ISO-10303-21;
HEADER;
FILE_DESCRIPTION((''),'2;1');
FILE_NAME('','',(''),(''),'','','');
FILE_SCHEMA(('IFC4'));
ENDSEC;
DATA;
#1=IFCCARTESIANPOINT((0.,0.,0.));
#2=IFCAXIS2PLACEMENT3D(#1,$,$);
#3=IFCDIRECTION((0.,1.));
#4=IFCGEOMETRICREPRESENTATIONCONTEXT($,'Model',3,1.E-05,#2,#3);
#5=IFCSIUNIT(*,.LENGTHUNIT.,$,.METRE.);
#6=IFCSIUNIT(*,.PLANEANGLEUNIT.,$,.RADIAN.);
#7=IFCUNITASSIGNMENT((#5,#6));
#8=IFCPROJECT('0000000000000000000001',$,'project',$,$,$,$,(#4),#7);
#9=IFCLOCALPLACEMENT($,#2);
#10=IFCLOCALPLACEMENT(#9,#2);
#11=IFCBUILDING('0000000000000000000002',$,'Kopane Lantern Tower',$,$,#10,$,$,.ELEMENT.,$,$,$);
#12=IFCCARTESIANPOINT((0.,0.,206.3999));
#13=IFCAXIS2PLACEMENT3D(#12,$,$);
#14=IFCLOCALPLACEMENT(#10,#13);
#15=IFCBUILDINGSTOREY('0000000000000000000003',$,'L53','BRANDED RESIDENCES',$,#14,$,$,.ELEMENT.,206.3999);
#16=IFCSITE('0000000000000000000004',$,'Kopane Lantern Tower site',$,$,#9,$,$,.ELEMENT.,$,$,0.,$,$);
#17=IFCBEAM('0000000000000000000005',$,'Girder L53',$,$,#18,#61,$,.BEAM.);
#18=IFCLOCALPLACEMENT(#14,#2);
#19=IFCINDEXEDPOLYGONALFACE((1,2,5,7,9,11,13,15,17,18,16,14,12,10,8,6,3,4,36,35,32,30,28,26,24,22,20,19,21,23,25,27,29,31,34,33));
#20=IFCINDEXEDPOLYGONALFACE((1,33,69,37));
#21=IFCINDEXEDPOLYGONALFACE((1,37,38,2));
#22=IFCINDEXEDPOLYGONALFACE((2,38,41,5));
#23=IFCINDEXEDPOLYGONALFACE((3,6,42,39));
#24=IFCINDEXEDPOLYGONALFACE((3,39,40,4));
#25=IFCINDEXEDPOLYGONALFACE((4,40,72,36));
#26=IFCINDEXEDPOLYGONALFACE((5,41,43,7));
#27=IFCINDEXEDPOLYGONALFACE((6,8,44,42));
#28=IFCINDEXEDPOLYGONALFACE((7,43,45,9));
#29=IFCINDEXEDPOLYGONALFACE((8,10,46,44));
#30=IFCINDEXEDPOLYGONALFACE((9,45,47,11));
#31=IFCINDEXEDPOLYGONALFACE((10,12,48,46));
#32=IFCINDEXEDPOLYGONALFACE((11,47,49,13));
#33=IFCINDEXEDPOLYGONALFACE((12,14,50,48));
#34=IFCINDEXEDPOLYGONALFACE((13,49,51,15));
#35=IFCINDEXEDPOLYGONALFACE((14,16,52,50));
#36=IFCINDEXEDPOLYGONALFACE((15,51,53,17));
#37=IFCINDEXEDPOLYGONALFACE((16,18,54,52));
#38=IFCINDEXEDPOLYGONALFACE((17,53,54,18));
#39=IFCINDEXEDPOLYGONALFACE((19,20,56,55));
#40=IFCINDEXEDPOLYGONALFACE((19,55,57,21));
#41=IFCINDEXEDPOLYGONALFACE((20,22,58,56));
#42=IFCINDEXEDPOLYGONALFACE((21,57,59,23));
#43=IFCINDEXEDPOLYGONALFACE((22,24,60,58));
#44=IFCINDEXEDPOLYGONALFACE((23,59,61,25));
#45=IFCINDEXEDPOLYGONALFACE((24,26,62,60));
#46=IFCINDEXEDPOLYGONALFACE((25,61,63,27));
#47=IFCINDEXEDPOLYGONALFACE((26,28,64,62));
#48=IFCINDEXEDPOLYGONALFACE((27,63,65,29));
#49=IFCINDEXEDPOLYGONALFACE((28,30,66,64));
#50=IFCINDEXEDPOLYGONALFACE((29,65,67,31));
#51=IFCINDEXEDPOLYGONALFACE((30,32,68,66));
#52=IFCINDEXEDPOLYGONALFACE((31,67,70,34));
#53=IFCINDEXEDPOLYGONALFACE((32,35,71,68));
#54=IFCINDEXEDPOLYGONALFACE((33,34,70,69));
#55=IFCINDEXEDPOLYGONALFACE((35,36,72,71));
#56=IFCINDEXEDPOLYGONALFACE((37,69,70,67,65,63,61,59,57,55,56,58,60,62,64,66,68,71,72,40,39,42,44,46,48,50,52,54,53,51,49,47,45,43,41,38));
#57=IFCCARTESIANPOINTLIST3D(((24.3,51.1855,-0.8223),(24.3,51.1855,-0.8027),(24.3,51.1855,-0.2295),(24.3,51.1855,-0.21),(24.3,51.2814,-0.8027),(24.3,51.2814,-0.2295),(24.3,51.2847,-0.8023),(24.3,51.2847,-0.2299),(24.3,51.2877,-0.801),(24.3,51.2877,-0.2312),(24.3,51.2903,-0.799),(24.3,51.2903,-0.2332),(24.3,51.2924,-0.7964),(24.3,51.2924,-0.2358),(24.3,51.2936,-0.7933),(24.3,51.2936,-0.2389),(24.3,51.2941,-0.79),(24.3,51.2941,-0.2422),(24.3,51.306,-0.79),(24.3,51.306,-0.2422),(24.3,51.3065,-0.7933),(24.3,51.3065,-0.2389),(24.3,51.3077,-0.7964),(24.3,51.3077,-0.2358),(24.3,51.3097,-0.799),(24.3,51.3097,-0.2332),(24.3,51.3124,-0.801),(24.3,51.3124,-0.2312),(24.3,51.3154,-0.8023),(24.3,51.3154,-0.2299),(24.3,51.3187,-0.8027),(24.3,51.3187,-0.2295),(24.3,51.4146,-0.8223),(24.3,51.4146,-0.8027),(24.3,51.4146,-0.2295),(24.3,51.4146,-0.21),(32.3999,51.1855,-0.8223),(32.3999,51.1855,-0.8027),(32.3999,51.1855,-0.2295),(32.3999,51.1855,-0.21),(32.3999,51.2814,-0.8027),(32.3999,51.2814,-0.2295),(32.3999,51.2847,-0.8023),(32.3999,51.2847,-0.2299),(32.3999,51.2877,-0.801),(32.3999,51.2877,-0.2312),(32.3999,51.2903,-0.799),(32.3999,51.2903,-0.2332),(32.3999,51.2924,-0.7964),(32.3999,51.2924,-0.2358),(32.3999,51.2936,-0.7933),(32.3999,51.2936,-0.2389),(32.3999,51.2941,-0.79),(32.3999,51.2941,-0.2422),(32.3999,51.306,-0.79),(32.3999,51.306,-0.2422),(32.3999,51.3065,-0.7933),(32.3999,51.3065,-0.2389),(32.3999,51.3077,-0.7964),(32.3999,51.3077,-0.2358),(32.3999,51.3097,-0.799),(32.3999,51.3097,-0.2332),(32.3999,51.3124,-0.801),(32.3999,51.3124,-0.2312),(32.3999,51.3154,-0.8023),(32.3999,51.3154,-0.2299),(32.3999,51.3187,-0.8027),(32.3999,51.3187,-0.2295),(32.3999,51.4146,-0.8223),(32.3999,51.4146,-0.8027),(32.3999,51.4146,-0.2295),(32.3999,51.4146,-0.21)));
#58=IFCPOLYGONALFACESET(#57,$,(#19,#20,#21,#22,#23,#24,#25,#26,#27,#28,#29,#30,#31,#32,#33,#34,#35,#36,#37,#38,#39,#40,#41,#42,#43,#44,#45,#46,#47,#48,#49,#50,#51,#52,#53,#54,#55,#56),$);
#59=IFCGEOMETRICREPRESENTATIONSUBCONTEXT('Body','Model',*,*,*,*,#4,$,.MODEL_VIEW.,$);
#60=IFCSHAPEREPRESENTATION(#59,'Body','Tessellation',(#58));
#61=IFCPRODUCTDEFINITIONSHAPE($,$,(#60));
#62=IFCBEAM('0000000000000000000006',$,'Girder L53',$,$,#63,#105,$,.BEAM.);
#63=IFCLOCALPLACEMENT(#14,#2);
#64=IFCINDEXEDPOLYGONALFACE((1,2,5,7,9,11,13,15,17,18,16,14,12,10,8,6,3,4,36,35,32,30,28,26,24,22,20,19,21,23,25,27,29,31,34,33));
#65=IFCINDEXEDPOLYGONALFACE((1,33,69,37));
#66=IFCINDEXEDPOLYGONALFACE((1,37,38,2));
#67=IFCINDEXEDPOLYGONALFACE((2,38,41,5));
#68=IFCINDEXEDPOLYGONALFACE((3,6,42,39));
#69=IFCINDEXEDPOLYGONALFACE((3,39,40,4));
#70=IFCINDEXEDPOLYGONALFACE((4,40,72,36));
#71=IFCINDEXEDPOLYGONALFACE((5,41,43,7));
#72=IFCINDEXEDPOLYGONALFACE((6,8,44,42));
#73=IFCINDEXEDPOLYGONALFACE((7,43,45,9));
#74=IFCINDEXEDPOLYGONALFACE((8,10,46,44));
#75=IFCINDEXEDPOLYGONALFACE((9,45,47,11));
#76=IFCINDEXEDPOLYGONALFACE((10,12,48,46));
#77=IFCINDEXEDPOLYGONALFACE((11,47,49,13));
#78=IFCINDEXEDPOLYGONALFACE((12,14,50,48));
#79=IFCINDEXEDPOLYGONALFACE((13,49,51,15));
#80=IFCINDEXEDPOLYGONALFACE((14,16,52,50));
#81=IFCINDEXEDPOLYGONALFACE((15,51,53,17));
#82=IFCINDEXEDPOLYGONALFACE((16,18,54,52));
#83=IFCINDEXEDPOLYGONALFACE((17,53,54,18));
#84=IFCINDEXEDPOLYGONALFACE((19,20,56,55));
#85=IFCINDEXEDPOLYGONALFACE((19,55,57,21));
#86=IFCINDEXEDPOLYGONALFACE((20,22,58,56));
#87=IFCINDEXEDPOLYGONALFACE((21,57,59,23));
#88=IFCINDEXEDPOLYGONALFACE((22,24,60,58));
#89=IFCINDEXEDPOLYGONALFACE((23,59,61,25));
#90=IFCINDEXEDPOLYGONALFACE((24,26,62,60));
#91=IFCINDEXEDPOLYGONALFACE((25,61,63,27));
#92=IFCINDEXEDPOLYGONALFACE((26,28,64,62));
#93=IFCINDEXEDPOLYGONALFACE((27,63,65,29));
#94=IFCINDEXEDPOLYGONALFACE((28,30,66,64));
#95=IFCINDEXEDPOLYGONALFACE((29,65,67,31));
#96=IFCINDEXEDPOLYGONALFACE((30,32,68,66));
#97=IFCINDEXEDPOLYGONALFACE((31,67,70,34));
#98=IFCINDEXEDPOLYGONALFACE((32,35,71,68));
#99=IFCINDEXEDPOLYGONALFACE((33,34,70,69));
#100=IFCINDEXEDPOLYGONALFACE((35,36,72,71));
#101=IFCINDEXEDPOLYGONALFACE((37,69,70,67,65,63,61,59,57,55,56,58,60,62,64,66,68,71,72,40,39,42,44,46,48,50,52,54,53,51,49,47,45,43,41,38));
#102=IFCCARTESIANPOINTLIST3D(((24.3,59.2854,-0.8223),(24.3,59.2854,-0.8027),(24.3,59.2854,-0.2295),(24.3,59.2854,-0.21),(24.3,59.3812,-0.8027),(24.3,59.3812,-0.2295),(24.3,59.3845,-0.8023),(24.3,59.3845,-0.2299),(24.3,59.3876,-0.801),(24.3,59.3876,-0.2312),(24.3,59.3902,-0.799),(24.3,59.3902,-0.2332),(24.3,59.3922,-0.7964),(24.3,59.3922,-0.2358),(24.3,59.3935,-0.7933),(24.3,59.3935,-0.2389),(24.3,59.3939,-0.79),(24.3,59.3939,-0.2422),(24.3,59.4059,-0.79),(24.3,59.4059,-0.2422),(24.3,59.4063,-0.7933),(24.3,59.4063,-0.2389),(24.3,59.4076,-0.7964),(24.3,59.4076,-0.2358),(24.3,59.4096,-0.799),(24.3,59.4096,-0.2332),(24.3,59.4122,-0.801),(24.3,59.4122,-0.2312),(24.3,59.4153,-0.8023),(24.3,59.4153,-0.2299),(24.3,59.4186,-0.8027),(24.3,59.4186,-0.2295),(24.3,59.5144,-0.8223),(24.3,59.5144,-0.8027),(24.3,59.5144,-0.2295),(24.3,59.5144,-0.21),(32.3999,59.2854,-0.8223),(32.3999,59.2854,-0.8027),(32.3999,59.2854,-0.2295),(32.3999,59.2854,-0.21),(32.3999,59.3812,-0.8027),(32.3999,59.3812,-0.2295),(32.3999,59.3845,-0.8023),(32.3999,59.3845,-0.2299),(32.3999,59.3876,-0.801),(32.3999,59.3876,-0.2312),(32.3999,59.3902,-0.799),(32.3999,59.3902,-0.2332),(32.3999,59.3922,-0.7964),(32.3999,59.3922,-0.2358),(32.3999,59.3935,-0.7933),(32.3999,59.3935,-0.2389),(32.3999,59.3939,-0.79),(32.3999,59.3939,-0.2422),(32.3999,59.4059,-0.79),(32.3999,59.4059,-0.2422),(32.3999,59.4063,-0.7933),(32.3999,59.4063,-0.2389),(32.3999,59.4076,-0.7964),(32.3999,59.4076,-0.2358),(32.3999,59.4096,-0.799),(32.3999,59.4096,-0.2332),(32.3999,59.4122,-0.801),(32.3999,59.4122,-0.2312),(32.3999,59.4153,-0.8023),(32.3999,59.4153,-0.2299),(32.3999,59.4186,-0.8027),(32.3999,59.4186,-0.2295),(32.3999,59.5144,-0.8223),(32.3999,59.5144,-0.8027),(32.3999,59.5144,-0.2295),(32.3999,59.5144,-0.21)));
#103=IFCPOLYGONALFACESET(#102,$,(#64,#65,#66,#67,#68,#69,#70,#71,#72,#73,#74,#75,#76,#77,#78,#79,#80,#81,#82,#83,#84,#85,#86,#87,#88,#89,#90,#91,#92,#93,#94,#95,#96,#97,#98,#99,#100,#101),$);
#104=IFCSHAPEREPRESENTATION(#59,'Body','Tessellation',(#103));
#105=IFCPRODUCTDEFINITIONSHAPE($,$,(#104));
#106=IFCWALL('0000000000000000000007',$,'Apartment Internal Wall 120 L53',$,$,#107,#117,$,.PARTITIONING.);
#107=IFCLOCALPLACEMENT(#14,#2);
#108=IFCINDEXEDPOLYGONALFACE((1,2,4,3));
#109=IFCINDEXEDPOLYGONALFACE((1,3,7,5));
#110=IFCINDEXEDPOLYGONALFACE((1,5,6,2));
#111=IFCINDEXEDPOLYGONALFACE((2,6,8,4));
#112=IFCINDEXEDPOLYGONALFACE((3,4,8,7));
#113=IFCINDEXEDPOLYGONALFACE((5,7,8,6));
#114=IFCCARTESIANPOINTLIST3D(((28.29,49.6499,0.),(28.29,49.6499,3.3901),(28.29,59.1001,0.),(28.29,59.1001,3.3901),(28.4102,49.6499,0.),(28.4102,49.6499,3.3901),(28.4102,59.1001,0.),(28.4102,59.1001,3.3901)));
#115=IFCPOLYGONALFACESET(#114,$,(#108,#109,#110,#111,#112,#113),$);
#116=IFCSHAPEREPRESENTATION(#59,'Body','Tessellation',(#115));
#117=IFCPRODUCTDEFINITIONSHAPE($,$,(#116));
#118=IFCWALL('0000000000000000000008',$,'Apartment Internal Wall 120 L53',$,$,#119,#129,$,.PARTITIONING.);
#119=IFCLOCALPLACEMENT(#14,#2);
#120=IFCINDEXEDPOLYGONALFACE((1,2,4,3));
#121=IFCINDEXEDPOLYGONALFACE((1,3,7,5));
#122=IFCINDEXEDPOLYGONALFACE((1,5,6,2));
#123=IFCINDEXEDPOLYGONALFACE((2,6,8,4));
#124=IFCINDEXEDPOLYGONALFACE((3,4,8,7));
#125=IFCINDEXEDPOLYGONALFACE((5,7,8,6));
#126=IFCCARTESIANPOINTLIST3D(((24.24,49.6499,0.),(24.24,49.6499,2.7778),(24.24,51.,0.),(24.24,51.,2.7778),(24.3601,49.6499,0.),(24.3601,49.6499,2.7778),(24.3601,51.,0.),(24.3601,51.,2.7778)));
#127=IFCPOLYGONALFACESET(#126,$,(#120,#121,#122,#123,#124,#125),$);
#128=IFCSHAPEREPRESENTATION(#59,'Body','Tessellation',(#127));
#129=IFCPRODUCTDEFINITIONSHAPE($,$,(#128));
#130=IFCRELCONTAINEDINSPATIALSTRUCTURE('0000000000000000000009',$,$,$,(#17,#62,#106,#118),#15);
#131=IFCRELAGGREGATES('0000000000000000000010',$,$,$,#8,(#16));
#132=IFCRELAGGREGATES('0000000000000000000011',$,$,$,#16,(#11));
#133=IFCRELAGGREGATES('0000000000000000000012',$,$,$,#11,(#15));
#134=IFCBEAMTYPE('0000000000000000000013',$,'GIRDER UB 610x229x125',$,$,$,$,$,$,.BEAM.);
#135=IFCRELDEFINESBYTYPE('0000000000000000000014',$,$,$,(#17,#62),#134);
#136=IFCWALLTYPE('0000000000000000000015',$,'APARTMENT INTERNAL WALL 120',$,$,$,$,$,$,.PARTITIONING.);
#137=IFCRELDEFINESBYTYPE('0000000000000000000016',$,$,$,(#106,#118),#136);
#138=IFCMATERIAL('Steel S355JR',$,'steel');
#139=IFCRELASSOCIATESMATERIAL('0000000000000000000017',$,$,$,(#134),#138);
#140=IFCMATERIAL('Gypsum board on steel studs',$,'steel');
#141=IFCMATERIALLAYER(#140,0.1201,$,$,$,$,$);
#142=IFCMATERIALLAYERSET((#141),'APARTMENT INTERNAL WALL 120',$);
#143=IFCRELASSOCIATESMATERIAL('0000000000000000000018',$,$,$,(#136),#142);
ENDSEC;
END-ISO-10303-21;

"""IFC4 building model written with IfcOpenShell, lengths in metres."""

from ifc_helpers import new_model, si_unit, direction, frame, frame_2d, origin, origin_2d, place, context, subcontext, project, spatial, rectangle, i_section, extrude, material, layer, layer_set, material_profile, profile_set, type_object, element, save


model = new_model("IFC4")

# Units and contexts
model_context = context("Model", 3, precision=1e-05, world=origin(), true_north=direction((0.0, 1.0)))
body_context = subcontext(model_context, "Body", "Model", "MODEL_VIEW")
ifc_project = project(units=[si_unit("LENGTHUNIT", "METRE"), si_unit("PLANEANGLEUNIT", "RADIAN")], contexts=[model_context])

# Site, building, storey
site_placement = place(None, origin())
site = spatial("IfcSite", under=ifc_project, at=site_placement, Name="Kopane Lantern Tower site", CompositionType="ELEMENT", RefElevation=0.0)
building_placement = place(site_placement, origin())
building = spatial("IfcBuilding", under=site, at=building_placement, Name="Kopane Lantern Tower", CompositionType="ELEMENT")
storey_placement = place(building_placement, frame((0.0, 0.0, 206.3999)))
storey = spatial("IfcBuildingStorey", under=building, at=storey_placement, Name="L53", Description="BRANDED RESIDENCES", CompositionType="ELEMENT", Elevation=206.3999)

# Beams
ifc_material_1 = material(Name="Steel S355JR", Category="steel")
ifc_material_profile_1 = material_profile(ifc_material_1, i_section(OverallWidth=0.229, OverallDepth=0.6123, WebThickness=0.012, FlangeThickness=0.0195, FilletRadius=0.0127, at=origin_2d()), Name="UB 610x229x125")
ifc_profile_set_1 = profile_set([ifc_material_profile_1], Name="Steel S355JR")
beam_type = type_object("IfcBeamType", Name="GIRDER UB 610x229x125", PredefinedType="BEAM", material=ifc_profile_set_1)
for number, where, z_axis, x_axis, name in (
    (1, (24.3, 51.3, -0.5161), (1.0, 0.0, 0.0), (0.0, 1.0, 0.0), "Girder L53"),
    (2, (24.3, 59.3999, -0.5161), (1.0, 0.0, 0.0), (0.0, 1.0, 0.0), "Girder L53"),
):
    element("IfcBeam", number, at=place(storey_placement, frame(where, z_axis=z_axis, x_axis=x_axis)), inside=storey, type_object=beam_type, Name=name, PredefinedType="BEAM", context=body_context, shape_type="SweptSolid", body=[
        extrude(i_section(OverallWidth=0.229, OverallDepth=0.6123, WebThickness=0.012, FlangeThickness=0.0195, FilletRadius=0.0127, at=origin_2d()), origin(), (0.0, 0.0, 1.0), 8.0999),
    ])

# Walls
ifc_material_2 = material(Name="Gypsum board on steel studs", Category="steel")
ifc_layer_1 = layer(ifc_material_2, 0.1201)
ifc_layer_set_1 = layer_set([ifc_layer_1], Name="APARTMENT INTERNAL WALL 120")
wall_type_1 = type_object("IfcWallType", Name="APARTMENT INTERNAL WALL 120", PredefinedType="PARTITIONING", material=ifc_layer_set_1)
wall_1_placement = place(storey_placement, frame((28.3501, 49.6499, 0.0), z_axis=(0.0, 0.0, 1.0), x_axis=(0.0, 1.0, 0.0)))
element("IfcWall", 3, at=wall_1_placement, inside=storey, type_object=wall_type_1, Name="Apartment Internal Wall 120 L53", PredefinedType="PARTITIONING", context=body_context, shape_type="SweptSolid", body=[
    extrude(rectangle(XDim=9.4502, YDim=0.1201, at=frame_2d((4.7251, 0.0))), origin(), (0.0, 0.0, 1.0), 3.3901),
])
wall_2_placement = place(storey_placement, frame((24.3, 49.6499, 0.0), z_axis=(0.0, 0.0, 1.0), x_axis=(0.0, 1.0, 0.0)))
element("IfcWall", 4, at=wall_2_placement, inside=storey, type_object=wall_type_1, Name="Apartment Internal Wall 120 L53", PredefinedType="PARTITIONING", context=body_context, shape_type="SweptSolid", body=[
    extrude(rectangle(XDim=1.3501, YDim=0.1201, at=frame_2d((0.675, 0.0))), origin(), (0.0, 0.0, 1.0), 2.7778),
])

save(model, "model.ifc")
